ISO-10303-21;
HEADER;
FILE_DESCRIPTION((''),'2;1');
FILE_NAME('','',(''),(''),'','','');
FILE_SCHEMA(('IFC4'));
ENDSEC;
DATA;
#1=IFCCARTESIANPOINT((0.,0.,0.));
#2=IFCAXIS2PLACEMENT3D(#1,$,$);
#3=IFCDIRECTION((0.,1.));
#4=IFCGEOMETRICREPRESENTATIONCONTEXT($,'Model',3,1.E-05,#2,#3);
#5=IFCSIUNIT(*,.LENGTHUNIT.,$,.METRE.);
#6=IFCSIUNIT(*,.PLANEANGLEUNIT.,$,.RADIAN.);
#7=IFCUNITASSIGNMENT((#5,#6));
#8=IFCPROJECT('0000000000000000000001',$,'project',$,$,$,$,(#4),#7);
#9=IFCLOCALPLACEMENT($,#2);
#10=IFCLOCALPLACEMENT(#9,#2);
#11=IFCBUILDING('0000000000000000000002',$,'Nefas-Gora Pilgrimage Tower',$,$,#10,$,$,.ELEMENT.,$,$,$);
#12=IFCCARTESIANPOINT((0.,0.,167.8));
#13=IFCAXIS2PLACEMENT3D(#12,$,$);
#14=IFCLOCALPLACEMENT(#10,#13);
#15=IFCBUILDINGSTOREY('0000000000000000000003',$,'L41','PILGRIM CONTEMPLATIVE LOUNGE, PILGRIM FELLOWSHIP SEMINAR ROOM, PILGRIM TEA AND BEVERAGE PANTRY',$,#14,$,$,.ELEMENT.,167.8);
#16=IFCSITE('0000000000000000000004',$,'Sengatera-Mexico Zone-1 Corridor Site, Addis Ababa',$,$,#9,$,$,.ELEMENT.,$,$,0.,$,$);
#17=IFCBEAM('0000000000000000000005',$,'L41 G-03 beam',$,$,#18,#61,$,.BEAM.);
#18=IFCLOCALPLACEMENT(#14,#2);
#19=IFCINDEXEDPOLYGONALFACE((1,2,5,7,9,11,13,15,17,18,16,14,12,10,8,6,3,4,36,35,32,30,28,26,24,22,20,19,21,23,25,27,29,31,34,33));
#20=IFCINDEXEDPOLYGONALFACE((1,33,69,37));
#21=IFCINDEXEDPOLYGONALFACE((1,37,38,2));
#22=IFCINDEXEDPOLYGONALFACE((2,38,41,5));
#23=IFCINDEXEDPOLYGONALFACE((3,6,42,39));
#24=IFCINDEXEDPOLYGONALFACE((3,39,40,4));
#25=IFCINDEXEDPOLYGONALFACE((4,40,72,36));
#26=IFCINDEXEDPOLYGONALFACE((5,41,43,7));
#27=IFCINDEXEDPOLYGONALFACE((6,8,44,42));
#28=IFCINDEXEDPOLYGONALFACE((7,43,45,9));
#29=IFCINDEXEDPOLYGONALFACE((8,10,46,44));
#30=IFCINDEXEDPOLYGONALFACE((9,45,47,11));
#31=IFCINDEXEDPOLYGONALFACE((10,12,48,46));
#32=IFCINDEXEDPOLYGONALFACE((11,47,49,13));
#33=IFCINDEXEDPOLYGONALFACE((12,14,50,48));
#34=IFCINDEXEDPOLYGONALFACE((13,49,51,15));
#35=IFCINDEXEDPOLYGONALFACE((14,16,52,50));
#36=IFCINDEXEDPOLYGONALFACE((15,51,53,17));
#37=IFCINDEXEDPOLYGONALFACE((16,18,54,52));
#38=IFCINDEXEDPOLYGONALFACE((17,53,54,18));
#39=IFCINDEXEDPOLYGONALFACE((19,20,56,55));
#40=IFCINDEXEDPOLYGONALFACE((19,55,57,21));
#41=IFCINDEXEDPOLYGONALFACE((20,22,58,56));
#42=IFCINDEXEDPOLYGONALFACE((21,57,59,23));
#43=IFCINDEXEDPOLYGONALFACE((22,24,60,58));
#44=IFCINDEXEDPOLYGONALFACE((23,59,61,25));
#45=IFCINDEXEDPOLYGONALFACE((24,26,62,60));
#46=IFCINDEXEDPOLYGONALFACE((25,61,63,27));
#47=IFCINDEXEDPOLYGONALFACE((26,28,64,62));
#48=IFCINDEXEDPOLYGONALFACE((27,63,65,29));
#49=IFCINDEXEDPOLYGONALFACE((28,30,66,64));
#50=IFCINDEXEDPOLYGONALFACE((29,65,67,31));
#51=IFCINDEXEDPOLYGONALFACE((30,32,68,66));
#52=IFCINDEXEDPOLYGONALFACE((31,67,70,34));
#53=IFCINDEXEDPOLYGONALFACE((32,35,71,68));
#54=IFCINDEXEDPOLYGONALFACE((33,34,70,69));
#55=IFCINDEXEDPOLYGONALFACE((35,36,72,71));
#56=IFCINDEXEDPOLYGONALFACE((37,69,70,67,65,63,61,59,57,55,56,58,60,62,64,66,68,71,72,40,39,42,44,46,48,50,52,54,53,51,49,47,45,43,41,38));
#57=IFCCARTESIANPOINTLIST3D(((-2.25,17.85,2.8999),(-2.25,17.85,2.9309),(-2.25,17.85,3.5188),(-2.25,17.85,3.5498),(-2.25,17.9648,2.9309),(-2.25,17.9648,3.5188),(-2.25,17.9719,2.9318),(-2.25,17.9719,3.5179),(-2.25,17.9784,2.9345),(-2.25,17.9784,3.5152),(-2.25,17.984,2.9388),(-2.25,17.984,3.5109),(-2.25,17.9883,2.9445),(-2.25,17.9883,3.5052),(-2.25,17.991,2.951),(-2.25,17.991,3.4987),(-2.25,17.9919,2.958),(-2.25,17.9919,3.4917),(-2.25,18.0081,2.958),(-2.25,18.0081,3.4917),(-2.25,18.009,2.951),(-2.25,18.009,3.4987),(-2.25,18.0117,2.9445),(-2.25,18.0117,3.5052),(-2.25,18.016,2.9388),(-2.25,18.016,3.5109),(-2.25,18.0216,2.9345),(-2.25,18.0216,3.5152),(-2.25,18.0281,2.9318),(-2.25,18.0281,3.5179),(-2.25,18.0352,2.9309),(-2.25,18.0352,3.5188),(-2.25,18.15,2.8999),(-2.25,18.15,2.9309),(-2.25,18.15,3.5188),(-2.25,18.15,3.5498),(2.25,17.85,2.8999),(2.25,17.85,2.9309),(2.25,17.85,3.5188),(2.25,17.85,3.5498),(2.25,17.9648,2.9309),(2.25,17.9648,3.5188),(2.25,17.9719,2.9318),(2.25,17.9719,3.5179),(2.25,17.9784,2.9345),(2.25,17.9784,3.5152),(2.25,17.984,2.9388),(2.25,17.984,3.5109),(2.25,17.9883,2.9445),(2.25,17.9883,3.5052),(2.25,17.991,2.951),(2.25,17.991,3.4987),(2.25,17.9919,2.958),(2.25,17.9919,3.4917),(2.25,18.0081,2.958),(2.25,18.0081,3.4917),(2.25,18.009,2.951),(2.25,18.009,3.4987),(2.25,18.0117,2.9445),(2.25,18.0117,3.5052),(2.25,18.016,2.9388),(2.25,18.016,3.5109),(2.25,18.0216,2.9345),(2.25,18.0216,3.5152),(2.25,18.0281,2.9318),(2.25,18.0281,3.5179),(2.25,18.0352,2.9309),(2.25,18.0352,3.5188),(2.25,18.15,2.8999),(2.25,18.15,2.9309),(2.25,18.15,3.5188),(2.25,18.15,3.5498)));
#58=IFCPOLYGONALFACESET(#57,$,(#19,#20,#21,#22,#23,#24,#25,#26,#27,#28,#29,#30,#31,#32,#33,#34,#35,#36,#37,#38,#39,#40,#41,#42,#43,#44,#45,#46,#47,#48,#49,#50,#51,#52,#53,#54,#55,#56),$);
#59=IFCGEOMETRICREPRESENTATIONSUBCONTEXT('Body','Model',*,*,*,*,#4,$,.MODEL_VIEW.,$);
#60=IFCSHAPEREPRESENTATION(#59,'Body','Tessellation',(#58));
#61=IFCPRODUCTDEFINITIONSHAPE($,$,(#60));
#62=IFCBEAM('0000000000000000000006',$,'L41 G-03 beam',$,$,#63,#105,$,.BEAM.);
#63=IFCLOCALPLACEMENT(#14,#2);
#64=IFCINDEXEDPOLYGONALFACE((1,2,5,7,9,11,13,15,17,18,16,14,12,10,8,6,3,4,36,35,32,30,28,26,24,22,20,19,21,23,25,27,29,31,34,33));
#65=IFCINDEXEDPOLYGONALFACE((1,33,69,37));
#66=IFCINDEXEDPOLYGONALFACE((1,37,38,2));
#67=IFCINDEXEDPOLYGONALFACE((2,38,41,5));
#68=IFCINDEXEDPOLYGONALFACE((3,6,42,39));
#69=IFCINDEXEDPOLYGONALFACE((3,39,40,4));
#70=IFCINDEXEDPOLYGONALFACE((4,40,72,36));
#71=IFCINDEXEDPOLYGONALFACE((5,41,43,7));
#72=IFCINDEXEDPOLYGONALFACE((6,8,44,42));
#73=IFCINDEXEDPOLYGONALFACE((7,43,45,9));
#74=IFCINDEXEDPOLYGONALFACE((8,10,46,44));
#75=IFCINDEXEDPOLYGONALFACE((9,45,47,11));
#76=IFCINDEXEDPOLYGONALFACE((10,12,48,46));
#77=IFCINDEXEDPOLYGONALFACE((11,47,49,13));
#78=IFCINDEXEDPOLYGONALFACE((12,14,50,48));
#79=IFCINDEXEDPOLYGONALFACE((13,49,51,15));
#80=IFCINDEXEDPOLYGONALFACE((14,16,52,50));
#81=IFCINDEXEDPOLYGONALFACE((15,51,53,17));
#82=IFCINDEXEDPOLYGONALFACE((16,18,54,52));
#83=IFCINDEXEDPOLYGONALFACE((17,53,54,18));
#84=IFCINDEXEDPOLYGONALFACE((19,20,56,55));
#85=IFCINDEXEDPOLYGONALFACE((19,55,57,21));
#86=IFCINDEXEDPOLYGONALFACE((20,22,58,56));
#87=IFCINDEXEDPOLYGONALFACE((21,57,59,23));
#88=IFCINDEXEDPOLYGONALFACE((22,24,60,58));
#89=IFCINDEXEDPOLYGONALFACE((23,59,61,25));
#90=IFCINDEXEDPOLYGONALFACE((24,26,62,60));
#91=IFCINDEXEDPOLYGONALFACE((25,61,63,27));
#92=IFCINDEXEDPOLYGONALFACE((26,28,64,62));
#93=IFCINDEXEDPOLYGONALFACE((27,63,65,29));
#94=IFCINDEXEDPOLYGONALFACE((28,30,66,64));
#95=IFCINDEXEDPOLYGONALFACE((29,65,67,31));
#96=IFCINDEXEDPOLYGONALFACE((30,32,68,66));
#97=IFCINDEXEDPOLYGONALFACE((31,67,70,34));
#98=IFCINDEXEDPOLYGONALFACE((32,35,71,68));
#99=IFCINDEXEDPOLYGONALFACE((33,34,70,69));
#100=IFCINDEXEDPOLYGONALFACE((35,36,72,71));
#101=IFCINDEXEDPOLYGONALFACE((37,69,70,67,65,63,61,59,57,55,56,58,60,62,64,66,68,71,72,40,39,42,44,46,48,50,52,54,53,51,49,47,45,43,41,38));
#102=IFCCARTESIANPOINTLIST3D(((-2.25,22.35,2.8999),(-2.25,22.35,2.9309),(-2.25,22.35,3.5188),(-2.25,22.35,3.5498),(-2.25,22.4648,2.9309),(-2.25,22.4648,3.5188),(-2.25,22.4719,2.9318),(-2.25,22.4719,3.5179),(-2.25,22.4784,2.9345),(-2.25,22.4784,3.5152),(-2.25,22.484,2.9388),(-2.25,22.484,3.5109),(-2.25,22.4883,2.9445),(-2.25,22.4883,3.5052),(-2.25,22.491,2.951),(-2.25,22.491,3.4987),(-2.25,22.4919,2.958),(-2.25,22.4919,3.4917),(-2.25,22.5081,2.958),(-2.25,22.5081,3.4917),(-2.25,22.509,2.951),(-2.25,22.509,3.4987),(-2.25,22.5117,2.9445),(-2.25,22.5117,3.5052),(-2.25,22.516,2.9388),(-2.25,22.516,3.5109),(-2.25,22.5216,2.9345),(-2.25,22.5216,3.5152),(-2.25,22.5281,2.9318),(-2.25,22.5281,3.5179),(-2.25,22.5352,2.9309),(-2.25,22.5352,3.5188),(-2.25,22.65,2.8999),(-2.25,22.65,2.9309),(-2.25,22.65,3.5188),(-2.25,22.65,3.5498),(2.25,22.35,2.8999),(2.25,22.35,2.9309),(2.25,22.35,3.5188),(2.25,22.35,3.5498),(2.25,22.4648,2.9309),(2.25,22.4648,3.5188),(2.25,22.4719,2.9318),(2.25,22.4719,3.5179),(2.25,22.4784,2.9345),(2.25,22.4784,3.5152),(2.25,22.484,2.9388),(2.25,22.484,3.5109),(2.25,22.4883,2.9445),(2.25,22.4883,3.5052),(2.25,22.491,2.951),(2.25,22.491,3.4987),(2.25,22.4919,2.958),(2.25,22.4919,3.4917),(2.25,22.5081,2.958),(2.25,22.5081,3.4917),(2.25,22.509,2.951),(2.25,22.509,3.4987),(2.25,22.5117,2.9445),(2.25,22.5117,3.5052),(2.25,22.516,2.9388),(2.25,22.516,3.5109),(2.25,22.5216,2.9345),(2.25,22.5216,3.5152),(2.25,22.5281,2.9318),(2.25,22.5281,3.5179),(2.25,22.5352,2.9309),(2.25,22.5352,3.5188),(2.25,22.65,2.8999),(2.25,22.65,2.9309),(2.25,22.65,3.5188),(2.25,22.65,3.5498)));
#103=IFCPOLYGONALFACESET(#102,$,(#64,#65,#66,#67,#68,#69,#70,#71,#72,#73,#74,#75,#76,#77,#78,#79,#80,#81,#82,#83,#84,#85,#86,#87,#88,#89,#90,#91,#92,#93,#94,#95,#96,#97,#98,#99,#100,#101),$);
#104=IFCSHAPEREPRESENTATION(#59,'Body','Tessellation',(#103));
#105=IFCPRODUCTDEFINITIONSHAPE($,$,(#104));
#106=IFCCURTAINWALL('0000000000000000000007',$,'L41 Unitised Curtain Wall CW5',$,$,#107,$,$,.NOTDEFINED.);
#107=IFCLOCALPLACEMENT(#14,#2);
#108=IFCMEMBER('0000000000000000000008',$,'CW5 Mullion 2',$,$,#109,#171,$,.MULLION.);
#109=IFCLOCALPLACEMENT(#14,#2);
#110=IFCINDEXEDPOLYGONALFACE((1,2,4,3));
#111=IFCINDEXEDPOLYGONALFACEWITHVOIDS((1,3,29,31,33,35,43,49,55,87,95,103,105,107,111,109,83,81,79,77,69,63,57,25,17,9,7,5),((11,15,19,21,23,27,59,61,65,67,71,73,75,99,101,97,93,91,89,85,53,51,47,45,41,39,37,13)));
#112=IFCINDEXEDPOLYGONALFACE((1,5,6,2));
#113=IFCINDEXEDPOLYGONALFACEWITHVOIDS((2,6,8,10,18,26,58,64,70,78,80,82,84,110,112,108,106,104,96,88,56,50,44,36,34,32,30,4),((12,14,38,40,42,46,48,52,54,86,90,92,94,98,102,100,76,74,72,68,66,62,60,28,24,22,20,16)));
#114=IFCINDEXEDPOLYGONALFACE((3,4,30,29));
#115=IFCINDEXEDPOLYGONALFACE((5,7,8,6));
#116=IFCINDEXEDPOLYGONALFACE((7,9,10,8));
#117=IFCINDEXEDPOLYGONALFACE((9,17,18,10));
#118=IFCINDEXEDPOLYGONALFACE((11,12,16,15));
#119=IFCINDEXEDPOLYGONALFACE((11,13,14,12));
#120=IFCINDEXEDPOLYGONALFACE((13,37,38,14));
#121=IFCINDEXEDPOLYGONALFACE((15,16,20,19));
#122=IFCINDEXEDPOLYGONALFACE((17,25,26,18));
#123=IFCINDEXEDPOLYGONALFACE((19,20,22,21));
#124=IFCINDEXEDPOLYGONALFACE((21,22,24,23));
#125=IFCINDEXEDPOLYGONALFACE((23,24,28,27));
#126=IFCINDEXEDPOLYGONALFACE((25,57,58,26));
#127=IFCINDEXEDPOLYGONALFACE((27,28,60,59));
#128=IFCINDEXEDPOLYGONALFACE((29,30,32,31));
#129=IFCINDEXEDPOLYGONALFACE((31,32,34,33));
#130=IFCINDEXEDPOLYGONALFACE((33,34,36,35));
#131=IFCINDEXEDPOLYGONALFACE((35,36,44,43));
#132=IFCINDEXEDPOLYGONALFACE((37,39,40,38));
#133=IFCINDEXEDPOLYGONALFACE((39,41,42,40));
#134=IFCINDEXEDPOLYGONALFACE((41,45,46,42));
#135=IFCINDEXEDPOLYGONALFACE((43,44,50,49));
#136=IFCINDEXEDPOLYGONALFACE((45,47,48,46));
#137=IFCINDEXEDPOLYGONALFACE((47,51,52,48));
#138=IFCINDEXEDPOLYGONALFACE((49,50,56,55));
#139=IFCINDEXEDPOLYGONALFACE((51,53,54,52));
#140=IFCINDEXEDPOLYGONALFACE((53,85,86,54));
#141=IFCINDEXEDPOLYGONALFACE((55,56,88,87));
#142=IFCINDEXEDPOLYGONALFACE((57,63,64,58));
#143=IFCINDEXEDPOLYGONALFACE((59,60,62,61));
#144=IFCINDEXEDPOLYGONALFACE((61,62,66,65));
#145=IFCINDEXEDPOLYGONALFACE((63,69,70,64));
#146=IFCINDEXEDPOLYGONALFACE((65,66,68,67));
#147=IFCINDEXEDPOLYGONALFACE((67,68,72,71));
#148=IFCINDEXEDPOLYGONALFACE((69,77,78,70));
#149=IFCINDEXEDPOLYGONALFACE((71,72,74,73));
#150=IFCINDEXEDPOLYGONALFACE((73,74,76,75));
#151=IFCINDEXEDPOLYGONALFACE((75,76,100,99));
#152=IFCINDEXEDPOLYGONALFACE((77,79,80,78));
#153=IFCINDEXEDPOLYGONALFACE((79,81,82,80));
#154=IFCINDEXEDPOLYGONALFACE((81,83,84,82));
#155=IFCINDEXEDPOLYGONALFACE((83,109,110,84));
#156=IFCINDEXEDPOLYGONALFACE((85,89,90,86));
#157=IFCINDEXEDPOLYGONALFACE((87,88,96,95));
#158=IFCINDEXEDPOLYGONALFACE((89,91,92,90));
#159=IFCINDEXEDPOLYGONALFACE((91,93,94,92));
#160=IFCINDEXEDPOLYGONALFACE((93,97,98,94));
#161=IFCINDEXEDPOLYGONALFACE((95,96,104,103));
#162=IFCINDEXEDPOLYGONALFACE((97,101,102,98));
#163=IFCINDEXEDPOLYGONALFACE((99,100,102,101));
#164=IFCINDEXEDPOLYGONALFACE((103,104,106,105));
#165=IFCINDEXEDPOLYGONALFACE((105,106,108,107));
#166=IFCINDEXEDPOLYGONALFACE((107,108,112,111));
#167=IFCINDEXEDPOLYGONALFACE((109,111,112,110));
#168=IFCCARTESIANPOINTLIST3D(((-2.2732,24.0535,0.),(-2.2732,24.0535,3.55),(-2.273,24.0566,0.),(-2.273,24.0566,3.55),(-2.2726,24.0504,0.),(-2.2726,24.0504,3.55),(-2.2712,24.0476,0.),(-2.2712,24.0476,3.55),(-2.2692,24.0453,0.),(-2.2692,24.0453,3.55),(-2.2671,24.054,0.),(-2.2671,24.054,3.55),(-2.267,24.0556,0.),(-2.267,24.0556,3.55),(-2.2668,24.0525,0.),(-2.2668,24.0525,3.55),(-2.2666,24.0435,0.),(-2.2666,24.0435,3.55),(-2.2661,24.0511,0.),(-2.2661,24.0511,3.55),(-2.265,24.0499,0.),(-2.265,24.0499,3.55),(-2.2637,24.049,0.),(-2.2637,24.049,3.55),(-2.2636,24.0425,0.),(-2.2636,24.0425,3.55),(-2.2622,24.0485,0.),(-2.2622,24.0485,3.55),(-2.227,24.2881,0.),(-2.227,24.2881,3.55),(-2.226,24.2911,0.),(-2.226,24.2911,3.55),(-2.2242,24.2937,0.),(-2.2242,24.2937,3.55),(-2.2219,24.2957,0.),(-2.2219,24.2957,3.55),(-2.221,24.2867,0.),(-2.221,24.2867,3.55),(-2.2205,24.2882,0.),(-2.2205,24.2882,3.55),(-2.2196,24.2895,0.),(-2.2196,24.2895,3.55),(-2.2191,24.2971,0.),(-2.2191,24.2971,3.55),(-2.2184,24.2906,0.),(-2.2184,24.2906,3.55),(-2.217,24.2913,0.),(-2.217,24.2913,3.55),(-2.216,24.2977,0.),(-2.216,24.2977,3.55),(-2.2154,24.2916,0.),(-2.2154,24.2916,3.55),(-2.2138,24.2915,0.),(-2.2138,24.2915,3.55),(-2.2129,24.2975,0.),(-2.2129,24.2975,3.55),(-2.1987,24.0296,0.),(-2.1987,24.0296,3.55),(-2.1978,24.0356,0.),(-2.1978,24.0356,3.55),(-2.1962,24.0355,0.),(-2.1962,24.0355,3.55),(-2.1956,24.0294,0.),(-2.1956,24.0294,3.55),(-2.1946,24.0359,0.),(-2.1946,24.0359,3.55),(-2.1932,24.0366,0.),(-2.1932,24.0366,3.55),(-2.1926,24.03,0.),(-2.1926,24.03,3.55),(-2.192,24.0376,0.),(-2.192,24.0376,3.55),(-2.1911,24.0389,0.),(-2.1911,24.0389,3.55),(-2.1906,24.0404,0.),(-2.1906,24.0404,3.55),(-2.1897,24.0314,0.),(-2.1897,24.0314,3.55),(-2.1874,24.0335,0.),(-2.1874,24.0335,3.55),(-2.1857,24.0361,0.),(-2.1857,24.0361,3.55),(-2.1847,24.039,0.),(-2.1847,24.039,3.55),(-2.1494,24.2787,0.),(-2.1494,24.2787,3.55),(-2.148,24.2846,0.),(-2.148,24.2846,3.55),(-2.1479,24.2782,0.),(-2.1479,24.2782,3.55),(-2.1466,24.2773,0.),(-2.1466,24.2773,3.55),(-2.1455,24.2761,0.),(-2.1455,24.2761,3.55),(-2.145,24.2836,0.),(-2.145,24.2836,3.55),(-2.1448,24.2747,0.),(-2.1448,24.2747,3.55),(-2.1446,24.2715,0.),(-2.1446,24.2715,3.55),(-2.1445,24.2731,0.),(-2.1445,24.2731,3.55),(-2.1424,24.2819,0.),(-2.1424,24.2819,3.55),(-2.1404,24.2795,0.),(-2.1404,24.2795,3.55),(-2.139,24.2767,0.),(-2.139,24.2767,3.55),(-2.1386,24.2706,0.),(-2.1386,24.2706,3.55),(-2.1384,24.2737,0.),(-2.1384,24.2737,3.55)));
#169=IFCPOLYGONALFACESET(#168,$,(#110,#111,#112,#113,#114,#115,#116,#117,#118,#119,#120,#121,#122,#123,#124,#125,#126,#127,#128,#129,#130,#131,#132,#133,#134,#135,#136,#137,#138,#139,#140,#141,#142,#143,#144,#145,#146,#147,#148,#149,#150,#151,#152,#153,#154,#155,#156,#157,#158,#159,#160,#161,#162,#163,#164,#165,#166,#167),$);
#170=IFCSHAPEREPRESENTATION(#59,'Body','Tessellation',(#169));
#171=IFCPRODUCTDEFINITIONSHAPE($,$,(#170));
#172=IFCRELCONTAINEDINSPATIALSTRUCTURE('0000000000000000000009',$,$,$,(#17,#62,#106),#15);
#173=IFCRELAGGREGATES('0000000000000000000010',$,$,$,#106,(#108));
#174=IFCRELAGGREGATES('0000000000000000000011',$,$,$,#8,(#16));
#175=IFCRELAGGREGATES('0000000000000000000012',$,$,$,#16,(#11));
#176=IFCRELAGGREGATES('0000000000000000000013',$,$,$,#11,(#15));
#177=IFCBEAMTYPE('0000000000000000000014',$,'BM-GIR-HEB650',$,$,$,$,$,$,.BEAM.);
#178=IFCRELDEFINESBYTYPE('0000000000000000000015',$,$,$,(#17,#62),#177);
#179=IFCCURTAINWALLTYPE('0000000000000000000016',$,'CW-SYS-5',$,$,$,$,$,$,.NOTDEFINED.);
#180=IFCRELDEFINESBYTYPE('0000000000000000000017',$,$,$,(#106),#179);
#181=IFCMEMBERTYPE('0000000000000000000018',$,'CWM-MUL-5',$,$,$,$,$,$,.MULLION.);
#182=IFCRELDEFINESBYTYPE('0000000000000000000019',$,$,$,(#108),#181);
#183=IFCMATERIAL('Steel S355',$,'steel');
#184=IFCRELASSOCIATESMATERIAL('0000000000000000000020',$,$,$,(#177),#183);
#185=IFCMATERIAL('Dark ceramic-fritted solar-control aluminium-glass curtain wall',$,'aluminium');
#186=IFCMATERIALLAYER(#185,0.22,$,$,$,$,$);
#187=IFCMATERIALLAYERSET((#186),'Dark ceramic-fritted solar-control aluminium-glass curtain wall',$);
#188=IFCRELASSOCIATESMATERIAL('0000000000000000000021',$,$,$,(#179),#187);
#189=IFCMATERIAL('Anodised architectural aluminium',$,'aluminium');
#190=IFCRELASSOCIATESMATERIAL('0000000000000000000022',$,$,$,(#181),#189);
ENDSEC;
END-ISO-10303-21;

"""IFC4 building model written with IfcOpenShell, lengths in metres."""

from ifc_helpers import new_model, si_unit, direction, frame, origin, origin_2d, place, context, subcontext, project, spatial, hollow_rectangle, i_section, extrude, source, transform, mapped, material, layer, layer_set, material_profile, profile_set, type_object, element, aggregate, save


model = new_model("IFC4")

# Units and contexts
model_context = context("Model", 3, precision=1e-05, world=origin(), true_north=direction((0.0, 1.0)))
body_context = subcontext(model_context, "Body", "Model", "MODEL_VIEW")
ifc_project = project(units=[si_unit("LENGTHUNIT", "METRE"), si_unit("PLANEANGLEUNIT", "RADIAN")], contexts=[model_context])

# Site, building, storey
site_placement = place(None, origin())
site = spatial("IfcSite", under=ifc_project, at=site_placement, Name="Sengatera-Mexico Zone-1 Corridor Site, Addis Ababa", CompositionType="ELEMENT", RefElevation=0.0)
building_placement = place(site_placement, origin())
building = spatial("IfcBuilding", under=site, at=building_placement, Name="Nefas-Gora Pilgrimage Tower", CompositionType="ELEMENT")
storey_placement = place(building_placement, frame((0.0, 0.0, 167.8)))
storey = spatial("IfcBuildingStorey", under=building, at=storey_placement, Name="L41", Description="PILGRIM CONTEMPLATIVE LOUNGE, PILGRIM FELLOWSHIP SEMINAR ROOM, PILGRIM TEA AND BEVERAGE PANTRY", CompositionType="ELEMENT", Elevation=167.8)

# Beams
ifc_material_1 = material(Name="Steel S355", Category="steel")
ifc_material_profile_1 = material_profile(ifc_material_1, i_section(OverallWidth=0.3, OverallDepth=0.6499, WebThickness=0.0161, FlangeThickness=0.031, FilletRadius=0.0271, at=origin_2d()), Name="HEB 650")
ifc_profile_set_1 = profile_set([ifc_material_profile_1], Name="Steel S355")
beam_type = type_object("IfcBeamType", Name="BM-GIR-HEB650", PredefinedType="BEAM", material=ifc_profile_set_1)
shared_shape_1 = source(origin(), body_context, "Body", "SweptSolid", [
    extrude(i_section(OverallWidth=0.3, OverallDepth=0.6499, WebThickness=0.0161, FlangeThickness=0.031, FilletRadius=0.0271, at=origin_2d()), origin(), (0.0, 0.0, 1.0), 4.5),
])
for number, where, z_axis, x_axis, name in (
    (1, (-2.25, 18.0, 3.2249), (1.0, 0.0, 0.0), (0.0, 1.0, 0.0), "L41 G-03 beam"),
    (2, (-2.25, 22.5, 3.2249), (1.0, 0.0, 0.0), (0.0, 1.0, 0.0), "L41 G-03 beam"),
):
    element("IfcBeam", number, at=place(storey_placement, frame(where, z_axis=z_axis, x_axis=x_axis)), inside=storey, type_object=beam_type, Name=name, PredefinedType="BEAM", context=body_context, shape_type="MappedRepresentation", body=[
        mapped(shared_shape_1, transform((0.0, 0.0, 0.0), x_axis=(1.0, 0.0, 0.0), y_axis=(0.0, 1.0, 0.0), z_axis=(0.0, 0.0, 1.0), scale=1.0)),
    ])

# Curtain wall, member
ifc_material_2 = material(Name="Dark ceramic-fritted solar-control aluminium-glass curtain wall", Category="aluminium")
ifc_layer_1 = layer(ifc_material_2, 0.22)
ifc_layer_set_1 = layer_set([ifc_layer_1], Name="Dark ceramic-fritted solar-control aluminium-glass curtain wall")
curtain_wall_type = type_object("IfcCurtainWallType", Name="CW-SYS-5", PredefinedType="NOTDEFINED", material=ifc_layer_set_1)
curtain_wall_1_placement = place(storey_placement, origin())
curtain_wall_1 = element("IfcCurtainWall", 3, at=curtain_wall_1_placement, inside=storey, type_object=curtain_wall_type, Name="L41 Unitised Curtain Wall CW5", PredefinedType="NOTDEFINED")
ifc_material_3 = material(Name="Anodised architectural aluminium", Category="aluminium")
ifc_material_profile_2 = material_profile(ifc_material_3, hollow_rectangle(XDim=0.0901, YDim=0.26, WallThickness=0.0061, InnerFilletRadius=0.0061, OuterFilletRadius=0.012, at=origin_2d()), Name="ALU MULLION 90x260")
ifc_profile_set_2 = profile_set([ifc_material_profile_2], Name="Anodised architectural aluminium")
member_type_1 = type_object("IfcMemberType", Name="CWM-MUL-5", PredefinedType="MULLION", material=ifc_profile_set_2)
shared_shape_2 = source(origin(), body_context, "Body", "SweptSolid", [
    extrude(hollow_rectangle(XDim=0.0901, YDim=0.26, WallThickness=0.0061, InnerFilletRadius=0.0061, OuterFilletRadius=0.012, at=origin_2d()), origin(), (0.0, 0.0, 1.0), 3.55),
])
member_1_placement = place(storey_placement, frame((-2.2058, 24.1636, 0.0), z_axis=(0.0, 0.0, 1.0), x_axis=(-0.980783, 0.195102, 0.0)))
member_1 = element("IfcMember", 4, at=member_1_placement, type_object=member_type_1, Name="CW5 Mullion 2", PredefinedType="MULLION", context=body_context, shape_type="MappedRepresentation", body=[
    mapped(shared_shape_2, transform((0.0, 0.0, 0.0), x_axis=(1.0, 0.0, 0.0), y_axis=(0.0, 1.0, 0.0), z_axis=(0.0, 0.0, 1.0), scale=1.0)),
])
aggregate(curtain_wall_1, [member_1])

save(model, "model.ifc")
